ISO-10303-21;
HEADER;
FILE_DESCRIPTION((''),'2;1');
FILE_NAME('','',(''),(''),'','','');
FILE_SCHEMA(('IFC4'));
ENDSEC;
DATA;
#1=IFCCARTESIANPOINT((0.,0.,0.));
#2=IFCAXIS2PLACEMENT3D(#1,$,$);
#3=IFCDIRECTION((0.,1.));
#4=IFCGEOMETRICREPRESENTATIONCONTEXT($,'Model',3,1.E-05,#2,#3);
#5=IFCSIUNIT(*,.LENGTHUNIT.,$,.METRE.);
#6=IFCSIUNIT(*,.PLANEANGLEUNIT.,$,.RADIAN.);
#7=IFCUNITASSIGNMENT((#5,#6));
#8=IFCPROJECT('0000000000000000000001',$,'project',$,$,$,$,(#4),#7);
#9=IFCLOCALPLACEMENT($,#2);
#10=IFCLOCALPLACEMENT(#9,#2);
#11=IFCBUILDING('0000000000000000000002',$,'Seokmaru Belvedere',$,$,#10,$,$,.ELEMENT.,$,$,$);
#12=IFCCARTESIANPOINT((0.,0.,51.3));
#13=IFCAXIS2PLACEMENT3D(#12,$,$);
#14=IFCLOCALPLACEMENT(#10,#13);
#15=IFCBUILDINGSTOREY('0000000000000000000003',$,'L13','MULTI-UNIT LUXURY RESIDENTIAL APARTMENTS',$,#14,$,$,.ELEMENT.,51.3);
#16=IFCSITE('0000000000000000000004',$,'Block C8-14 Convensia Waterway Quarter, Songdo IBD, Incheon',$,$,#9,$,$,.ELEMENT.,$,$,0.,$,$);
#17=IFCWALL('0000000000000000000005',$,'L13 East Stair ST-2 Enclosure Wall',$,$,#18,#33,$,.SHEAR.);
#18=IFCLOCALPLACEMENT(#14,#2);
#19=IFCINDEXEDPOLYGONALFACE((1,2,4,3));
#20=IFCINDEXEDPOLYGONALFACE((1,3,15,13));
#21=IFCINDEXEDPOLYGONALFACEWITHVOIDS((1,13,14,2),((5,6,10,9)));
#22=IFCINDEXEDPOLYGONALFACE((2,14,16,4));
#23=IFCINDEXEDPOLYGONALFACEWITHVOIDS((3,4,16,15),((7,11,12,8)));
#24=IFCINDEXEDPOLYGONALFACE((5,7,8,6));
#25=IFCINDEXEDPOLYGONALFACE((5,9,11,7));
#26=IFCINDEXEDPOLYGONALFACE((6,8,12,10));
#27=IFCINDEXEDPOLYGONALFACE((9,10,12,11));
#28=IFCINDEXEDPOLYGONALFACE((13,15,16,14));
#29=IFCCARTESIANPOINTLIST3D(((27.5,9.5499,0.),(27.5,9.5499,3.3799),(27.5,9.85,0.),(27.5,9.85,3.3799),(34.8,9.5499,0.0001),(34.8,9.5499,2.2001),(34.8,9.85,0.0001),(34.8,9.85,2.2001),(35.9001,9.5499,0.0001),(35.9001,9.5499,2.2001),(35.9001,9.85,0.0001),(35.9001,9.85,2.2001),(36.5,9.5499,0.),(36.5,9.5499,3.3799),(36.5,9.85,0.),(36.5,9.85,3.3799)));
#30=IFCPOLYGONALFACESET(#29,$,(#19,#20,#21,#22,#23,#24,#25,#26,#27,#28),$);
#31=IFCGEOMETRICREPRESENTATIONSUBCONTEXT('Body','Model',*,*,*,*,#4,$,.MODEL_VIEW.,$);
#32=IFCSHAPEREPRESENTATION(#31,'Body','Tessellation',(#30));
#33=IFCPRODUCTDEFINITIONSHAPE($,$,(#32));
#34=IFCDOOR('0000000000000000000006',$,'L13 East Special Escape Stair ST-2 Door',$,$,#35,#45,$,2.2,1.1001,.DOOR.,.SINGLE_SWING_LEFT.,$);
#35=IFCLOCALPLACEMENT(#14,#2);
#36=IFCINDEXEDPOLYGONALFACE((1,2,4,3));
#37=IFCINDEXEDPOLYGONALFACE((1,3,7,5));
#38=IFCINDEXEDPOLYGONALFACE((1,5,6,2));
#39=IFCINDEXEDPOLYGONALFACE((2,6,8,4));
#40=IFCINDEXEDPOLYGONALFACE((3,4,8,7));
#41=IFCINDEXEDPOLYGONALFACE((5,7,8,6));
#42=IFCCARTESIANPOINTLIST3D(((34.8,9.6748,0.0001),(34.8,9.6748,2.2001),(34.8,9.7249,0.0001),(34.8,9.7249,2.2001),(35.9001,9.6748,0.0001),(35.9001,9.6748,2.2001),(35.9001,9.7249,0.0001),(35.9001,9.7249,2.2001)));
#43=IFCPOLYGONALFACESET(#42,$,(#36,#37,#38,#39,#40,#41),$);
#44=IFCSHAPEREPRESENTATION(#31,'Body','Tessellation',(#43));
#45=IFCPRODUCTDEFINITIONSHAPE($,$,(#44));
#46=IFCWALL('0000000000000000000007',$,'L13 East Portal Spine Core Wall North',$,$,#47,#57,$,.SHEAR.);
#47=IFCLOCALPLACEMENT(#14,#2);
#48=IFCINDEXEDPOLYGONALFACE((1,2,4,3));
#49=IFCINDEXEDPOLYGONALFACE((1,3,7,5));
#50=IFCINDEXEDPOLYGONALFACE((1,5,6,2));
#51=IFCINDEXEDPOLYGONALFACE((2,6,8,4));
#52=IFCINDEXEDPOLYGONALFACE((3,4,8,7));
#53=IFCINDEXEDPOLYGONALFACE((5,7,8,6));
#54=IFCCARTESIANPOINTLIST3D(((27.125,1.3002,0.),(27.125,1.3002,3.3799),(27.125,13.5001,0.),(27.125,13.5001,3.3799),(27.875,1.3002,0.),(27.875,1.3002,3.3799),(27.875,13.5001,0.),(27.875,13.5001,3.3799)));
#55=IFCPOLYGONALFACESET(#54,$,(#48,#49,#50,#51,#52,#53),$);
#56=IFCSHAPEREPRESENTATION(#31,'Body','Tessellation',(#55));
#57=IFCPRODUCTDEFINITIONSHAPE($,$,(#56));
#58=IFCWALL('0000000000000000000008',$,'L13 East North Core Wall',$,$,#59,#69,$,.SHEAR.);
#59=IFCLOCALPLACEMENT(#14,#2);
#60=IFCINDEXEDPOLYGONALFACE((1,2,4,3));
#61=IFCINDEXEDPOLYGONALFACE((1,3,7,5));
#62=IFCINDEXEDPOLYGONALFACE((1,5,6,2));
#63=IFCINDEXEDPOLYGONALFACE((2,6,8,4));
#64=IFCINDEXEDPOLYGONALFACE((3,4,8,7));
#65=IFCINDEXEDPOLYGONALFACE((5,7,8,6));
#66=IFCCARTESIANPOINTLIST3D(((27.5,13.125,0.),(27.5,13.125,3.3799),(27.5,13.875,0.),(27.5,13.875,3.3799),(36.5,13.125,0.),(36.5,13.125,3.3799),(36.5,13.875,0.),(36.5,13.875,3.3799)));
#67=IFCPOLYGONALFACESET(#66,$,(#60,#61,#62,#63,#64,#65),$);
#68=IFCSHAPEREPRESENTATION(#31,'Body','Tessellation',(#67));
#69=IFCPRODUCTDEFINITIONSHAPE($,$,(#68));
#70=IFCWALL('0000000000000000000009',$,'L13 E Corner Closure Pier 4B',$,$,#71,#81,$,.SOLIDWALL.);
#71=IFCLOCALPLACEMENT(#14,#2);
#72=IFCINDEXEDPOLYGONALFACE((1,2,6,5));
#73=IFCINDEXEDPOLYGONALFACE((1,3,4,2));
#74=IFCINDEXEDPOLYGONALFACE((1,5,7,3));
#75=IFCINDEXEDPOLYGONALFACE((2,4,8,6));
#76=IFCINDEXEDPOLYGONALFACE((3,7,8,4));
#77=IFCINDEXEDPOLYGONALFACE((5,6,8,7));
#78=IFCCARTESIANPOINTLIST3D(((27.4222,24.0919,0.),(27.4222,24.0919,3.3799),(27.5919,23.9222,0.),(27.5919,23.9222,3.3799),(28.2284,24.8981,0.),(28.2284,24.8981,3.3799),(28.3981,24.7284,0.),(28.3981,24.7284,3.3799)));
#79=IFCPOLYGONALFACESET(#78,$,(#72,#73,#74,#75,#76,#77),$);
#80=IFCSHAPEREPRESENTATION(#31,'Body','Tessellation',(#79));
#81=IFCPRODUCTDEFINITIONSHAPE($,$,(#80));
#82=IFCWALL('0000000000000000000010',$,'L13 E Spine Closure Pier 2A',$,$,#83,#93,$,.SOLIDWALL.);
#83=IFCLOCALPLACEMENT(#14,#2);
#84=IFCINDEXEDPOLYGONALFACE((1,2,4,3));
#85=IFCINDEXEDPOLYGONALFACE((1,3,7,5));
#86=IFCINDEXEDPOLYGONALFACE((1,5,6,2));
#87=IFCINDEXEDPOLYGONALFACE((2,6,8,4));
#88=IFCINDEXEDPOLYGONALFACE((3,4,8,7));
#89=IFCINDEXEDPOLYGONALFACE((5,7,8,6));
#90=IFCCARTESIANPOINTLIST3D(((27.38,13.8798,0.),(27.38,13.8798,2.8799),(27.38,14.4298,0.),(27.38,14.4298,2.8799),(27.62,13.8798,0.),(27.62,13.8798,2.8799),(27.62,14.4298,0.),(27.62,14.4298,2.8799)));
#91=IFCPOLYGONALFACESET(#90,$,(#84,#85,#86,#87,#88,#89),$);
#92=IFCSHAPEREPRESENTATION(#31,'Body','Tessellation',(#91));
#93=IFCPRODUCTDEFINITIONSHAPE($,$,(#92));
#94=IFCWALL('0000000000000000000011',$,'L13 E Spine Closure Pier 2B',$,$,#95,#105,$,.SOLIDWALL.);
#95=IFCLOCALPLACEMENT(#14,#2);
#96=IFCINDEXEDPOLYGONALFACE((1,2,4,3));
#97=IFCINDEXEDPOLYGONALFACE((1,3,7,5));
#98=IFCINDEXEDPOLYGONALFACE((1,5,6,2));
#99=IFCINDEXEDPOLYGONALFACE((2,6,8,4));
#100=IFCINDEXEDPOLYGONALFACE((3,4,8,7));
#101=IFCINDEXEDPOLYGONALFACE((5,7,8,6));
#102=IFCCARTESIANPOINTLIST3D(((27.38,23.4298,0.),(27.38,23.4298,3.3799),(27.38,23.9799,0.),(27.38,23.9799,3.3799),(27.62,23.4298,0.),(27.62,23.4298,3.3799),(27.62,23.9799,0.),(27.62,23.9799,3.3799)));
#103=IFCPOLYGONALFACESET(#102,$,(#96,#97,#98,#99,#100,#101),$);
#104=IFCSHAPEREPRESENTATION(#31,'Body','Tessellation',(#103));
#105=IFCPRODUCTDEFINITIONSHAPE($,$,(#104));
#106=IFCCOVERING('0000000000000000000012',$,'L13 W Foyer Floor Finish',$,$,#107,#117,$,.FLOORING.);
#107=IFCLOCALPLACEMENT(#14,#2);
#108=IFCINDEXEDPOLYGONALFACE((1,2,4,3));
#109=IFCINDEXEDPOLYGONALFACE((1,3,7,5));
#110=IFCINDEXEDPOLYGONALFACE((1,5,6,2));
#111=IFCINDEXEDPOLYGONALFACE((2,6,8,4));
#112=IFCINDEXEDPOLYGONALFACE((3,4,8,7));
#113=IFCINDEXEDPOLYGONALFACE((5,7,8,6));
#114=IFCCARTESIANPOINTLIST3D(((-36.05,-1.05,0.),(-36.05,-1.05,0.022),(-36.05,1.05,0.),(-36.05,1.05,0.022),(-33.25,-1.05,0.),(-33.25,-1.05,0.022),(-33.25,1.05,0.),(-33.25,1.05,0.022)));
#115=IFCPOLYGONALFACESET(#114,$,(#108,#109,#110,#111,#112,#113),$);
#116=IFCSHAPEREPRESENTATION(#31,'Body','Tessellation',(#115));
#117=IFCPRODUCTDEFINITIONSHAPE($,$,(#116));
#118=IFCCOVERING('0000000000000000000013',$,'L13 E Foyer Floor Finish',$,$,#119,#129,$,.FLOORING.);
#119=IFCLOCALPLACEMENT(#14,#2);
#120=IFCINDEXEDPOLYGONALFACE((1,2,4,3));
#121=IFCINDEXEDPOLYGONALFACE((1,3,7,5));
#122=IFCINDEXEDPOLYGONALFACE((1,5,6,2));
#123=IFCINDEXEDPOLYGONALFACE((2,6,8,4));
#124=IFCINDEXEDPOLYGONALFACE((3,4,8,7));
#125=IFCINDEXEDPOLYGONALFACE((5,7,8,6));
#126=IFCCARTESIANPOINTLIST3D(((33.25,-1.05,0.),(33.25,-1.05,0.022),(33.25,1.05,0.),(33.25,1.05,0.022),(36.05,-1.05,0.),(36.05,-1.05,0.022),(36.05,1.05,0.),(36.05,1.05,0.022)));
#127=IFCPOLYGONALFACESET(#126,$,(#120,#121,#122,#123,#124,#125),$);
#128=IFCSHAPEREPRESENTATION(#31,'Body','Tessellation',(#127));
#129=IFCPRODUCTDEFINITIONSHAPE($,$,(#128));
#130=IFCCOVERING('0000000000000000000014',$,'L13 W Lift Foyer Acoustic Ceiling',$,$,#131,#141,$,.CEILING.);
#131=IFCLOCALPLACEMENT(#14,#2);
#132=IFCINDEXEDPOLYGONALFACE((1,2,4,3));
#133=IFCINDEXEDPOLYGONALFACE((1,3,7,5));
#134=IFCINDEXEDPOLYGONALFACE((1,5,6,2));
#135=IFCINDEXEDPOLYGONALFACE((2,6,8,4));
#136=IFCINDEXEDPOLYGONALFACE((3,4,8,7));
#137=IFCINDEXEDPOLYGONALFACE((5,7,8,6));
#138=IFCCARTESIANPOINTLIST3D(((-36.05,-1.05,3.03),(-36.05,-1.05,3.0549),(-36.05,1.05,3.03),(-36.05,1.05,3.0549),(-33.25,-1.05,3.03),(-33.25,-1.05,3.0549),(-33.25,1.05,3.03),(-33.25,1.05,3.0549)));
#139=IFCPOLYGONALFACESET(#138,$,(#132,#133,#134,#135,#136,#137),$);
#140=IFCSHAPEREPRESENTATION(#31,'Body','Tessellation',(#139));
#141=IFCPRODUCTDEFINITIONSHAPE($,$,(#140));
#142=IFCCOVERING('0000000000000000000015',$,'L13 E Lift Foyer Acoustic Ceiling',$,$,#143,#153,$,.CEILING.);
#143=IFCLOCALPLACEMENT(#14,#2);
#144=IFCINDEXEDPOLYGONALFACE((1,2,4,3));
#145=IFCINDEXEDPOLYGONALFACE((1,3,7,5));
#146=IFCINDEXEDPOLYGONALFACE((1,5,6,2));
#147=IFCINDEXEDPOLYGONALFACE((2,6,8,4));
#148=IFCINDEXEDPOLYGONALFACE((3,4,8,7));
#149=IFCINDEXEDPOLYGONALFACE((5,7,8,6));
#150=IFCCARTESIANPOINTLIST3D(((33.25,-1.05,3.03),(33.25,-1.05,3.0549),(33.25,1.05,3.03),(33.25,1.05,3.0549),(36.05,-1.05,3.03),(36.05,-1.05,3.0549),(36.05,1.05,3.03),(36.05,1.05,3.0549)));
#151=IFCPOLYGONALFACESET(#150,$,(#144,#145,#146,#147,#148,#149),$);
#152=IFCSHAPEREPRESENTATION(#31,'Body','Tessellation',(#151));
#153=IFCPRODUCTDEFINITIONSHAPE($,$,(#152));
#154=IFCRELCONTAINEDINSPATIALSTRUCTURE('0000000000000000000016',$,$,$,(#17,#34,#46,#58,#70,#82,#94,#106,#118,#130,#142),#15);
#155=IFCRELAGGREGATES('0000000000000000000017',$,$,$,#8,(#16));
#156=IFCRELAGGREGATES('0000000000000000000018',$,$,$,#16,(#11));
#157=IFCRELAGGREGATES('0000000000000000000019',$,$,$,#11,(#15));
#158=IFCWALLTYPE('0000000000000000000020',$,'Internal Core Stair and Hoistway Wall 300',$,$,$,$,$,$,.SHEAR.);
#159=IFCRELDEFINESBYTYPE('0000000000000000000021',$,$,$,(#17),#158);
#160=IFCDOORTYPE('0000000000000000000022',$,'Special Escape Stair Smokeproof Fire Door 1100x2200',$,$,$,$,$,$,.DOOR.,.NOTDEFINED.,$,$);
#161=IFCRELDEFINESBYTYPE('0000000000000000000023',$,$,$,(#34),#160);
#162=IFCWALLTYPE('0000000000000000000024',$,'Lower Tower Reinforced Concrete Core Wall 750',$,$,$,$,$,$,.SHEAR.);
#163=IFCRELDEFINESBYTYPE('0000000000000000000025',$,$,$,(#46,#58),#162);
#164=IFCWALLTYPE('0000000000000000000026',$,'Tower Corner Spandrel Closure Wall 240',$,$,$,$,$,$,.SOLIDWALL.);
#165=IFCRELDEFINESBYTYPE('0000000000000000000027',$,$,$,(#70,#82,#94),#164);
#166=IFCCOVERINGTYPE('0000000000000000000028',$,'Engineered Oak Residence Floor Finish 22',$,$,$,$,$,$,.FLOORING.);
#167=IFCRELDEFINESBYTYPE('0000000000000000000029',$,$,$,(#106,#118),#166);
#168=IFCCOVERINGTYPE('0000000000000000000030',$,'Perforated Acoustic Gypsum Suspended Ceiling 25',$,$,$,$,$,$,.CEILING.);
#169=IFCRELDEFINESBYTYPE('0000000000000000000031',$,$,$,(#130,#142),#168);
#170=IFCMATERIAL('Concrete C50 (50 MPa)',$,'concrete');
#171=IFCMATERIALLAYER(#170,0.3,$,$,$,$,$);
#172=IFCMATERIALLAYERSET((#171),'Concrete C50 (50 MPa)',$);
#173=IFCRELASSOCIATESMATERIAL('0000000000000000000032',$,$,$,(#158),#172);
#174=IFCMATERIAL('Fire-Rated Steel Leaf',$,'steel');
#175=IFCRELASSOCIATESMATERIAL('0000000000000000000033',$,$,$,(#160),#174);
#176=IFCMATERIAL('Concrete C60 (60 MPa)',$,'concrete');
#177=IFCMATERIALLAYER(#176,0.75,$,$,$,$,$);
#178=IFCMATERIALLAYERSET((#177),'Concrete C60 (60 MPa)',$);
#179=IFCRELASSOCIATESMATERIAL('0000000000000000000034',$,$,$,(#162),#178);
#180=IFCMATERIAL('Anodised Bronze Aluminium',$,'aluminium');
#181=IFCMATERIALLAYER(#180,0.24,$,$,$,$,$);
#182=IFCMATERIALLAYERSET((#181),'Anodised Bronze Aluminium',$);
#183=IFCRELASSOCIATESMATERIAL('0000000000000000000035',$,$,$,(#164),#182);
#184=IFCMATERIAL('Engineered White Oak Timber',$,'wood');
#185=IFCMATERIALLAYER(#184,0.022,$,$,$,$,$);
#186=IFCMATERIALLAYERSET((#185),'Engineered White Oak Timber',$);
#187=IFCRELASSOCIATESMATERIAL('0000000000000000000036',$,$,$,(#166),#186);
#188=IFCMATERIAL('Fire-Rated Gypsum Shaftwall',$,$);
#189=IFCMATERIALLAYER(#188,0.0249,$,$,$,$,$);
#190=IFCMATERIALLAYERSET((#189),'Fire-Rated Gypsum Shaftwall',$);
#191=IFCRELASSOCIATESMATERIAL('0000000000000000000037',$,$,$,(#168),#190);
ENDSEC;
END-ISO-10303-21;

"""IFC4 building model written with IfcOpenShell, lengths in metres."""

from ifc_helpers import new_model, si_unit, direction, frame, frame_2d, origin, place, context, subcontext, project, spatial, polyline, rectangle, outline, extrude, source, transform, mapped, material, layer, layer_set, type_object, type_shapes, element, fill, save


model = new_model("IFC4")

# Units and contexts
model_context = context("Model", 3, precision=1e-05, world=origin(), true_north=direction((0.0, 1.0)))
body_context = subcontext(model_context, "Body", "Model", "MODEL_VIEW")
ifc_project = project(units=[si_unit("LENGTHUNIT", "METRE"), si_unit("PLANEANGLEUNIT", "RADIAN")], contexts=[model_context])

# Site, building, storey
site_placement = place(None, origin())
site = spatial("IfcSite", under=ifc_project, at=site_placement, Name="Block C8-14 Convensia Waterway Quarter, Songdo IBD, Incheon", CompositionType="ELEMENT", RefElevation=0.0)
building_placement = place(site_placement, origin())
building = spatial("IfcBuilding", under=site, at=building_placement, Name="Seokmaru Belvedere", CompositionType="ELEMENT")
storey_placement = place(building_placement, frame((0.0, 0.0, 51.3)))
storey = spatial("IfcBuildingStorey", under=building, at=storey_placement, Name="L13", Description="MULTI-UNIT LUXURY RESIDENTIAL APARTMENTS", CompositionType="ELEMENT", Elevation=51.3)

# Shared definitions
ifc_material_1 = material(Name="Anodised Bronze Aluminium", Category="aluminium")

# Shared definitions
ifc_material_2 = material(Name="Concrete C50 (50 MPa)", Category="concrete")

# Wall, opening, door
ifc_layer_1 = layer(ifc_material_2, 0.3)
ifc_layer_set_1 = layer_set([ifc_layer_1], Name="Concrete C50 (50 MPa)")
wall_type_1 = type_object("IfcWallType", Name="Internal Core Stair and Hoistway Wall 300", PredefinedType="SHEAR", material=ifc_layer_set_1)
wall_1_placement = place(storey_placement, frame((27.5, 9.7, 0.0), z_axis=(0.0, 0.0, 1.0), x_axis=(1.0, 0.0, 0.0)))
wall_1 = element("IfcWall", 1, at=wall_1_placement, inside=storey, type_object=wall_type_1, Name="L13 East Stair ST-2 Enclosure Wall", PredefinedType="SHEAR", context=body_context, shape_type="SweptSolid", body=[
    extrude(rectangle(XDim=9.0, YDim=0.3, at=frame_2d((4.5, 0.0))), origin(), (0.0, 0.0, 1.0), 3.3799),
])
opening_placement = place(wall_1_placement, frame((7.3, 0.0, 0.0)))
opening = element("IfcOpeningElement", 2, at=opening_placement, cuts=wall_1, PredefinedType="OPENING", context=body_context, shape_type="SweptSolid", body=[
    extrude(rectangle(XDim=1.1001, YDim=2.2, at=frame_2d((0.55, 1.1001))), frame((0.0, 0.1602, 0.0), z_axis=(0.0, -1.0, 0.0), x_axis=(1.0, 0.0, 0.0)), (0.0, 0.0, 1.0), 0.3201),
])
ifc_material_3 = material(Name="Fire-Rated Steel Leaf", Category="steel")
door_type = type_object("IfcDoorType", Name="Special Escape Stair Smokeproof Fire Door 1100x2200", OperationType="NOTDEFINED", PredefinedType="DOOR", material=ifc_material_3)
shared_shape_1 = source(origin(), body_context, "Body", "SweptSolid", [
    extrude(rectangle(XDim=1.1001, YDim=2.2, at=frame_2d((0.55, 1.1001))), frame((0.0, 0.0249, 0.0), z_axis=(0.0, -1.0, 0.0), x_axis=(1.0, 0.0, 0.0)), (0.0, 0.0, 1.0), 0.05),
])
type_shapes(door_type, [shared_shape_1])
door_placement = place(opening_placement, origin())
door = element("IfcDoor", 3, at=door_placement, inside=storey, type_object=door_type, Name="L13 East Special Escape Stair ST-2 Door", OperationType="SINGLE_SWING_LEFT", OverallHeight=2.2, OverallWidth=1.1001, PredefinedType="DOOR", context=body_context, shape_type="MappedRepresentation", body=[
    mapped(shared_shape_1, transform((0.0, 0.0, 0.0), scale=1.0)),
])
fill(opening, door)

# Walls
ifc_material_4 = material(Name="Concrete C60 (60 MPa)", Category="concrete")
ifc_layer_2 = layer(ifc_material_4, 0.75)
ifc_layer_set_2 = layer_set([ifc_layer_2], Name="Concrete C60 (60 MPa)")
wall_type_2 = type_object("IfcWallType", Name="Lower Tower Reinforced Concrete Core Wall 750", PredefinedType="SHEAR", material=ifc_layer_set_2)
wall_2_placement = place(storey_placement, frame((27.5, 1.3, 0.0), z_axis=(0.0, 0.0, 1.0), x_axis=(0.0, 1.0, 0.0)))
element("IfcWall", 4, at=wall_2_placement, inside=storey, type_object=wall_type_2, Name="L13 East Portal Spine Core Wall North", PredefinedType="SHEAR", context=body_context, shape_type="SweptSolid", body=[
    extrude(rectangle(XDim=12.2, YDim=0.75, at=frame_2d((6.1001, 0.0))), origin(), (0.0, 0.0, 1.0), 3.3799),
])
wall_3_placement = place(storey_placement, frame((27.5, 13.5, 0.0), z_axis=(0.0, 0.0, 1.0), x_axis=(1.0, 0.0, 0.0)))
element("IfcWall", 5, at=wall_3_placement, inside=storey, type_object=wall_type_2, Name="L13 East North Core Wall", PredefinedType="SHEAR", context=body_context, shape_type="SweptSolid", body=[
    extrude(rectangle(XDim=9.0, YDim=0.75, at=frame_2d((4.5, 0.0))), origin(), (0.0, 0.0, 1.0), 3.3799),
])
ifc_layer_3 = layer(ifc_material_1, 0.24)
ifc_layer_set_3 = layer_set([ifc_layer_3], Name="Anodised Bronze Aluminium")
wall_type_3 = type_object("IfcWallType", Name="Tower Corner Spandrel Closure Wall 240", PredefinedType="SOLIDWALL", material=ifc_layer_set_3)
wall_4_placement = place(storey_placement, frame((28.3132, 24.8132, 0.0), z_axis=(0.0, 0.0, 1.0), x_axis=(-0.707107, -0.707107, 0.0)))
element("IfcWall", 6, at=wall_4_placement, inside=storey, type_object=wall_type_3, Name="L13 E Corner Closure Pier 4B", PredefinedType="SOLIDWALL", context=body_context, shape_type="SweptSolid", body=[
    extrude(rectangle(XDim=1.1401, YDim=0.24, at=frame_2d((0.5701, 0.0))), origin(), (0.0, 0.0, 1.0), 3.3799),
])
wall_5_placement = place(storey_placement, frame((27.5, 13.8799, 0.0), z_axis=(0.0, 0.0, 1.0), x_axis=(0.0, 1.0, 0.0)))
element("IfcWall", 7, at=wall_5_placement, inside=storey, type_object=wall_type_3, Name="L13 E Spine Closure Pier 2A", PredefinedType="SOLIDWALL", context=body_context, shape_type="SweptSolid", body=[
    extrude(rectangle(XDim=0.55, YDim=0.24, at=frame_2d((0.2749, 0.0))), origin(), (0.0, 0.0, 1.0), 2.8799),
])
wall_6_placement = place(storey_placement, frame((27.5, 23.4299, 0.0), z_axis=(0.0, 0.0, 1.0), x_axis=(0.0, 1.0, 0.0)))
element("IfcWall", 8, at=wall_6_placement, inside=storey, type_object=wall_type_3, Name="L13 E Spine Closure Pier 2B", PredefinedType="SOLIDWALL", context=body_context, shape_type="SweptSolid", body=[
    extrude(rectangle(XDim=0.55, YDim=0.24, at=frame_2d((0.2749, 0.0))), origin(), (0.0, 0.0, 1.0), 3.3799),
])

# Coverings
ifc_material_5 = material(Name="Engineered White Oak Timber", Category="wood")
ifc_layer_4 = layer(ifc_material_5, 0.022)
ifc_layer_set_4 = layer_set([ifc_layer_4], Name="Engineered White Oak Timber")
covering_type_1 = type_object("IfcCoveringType", Name="Engineered Oak Residence Floor Finish 22", PredefinedType="FLOORING", material=ifc_layer_set_4)
covering_1_placement = place(storey_placement, origin())
element("IfcCovering", 9, at=covering_1_placement, inside=storey, type_object=covering_type_1, Name="L13 W Foyer Floor Finish", PredefinedType="FLOORING", context=body_context, shape_type="SweptSolid", body=[
    extrude(outline(polyline([(-36.05, -1.05), (-33.25, -1.05), (-33.25, 1.05), (-36.05, 1.05), (-36.05, -1.05)])), origin(), (0.0, 0.0, 1.0), 0.022),
])
covering_2_placement = place(storey_placement, origin())
element("IfcCovering", 10, at=covering_2_placement, inside=storey, type_object=covering_type_1, Name="L13 E Foyer Floor Finish", PredefinedType="FLOORING", context=body_context, shape_type="SweptSolid", body=[
    extrude(outline(polyline([(33.25, -1.05), (36.05, -1.05), (36.05, 1.05), (33.25, 1.05), (33.25, -1.05)])), origin(), (0.0, 0.0, 1.0), 0.022),
])
ifc_material_6 = material(Name="Fire-Rated Gypsum Shaftwall")
ifc_layer_5 = layer(ifc_material_6, 0.0249)
ifc_layer_set_5 = layer_set([ifc_layer_5], Name="Fire-Rated Gypsum Shaftwall")
covering_type_2 = type_object("IfcCoveringType", Name="Perforated Acoustic Gypsum Suspended Ceiling 25", PredefinedType="CEILING", material=ifc_layer_set_5)
covering_3_placement = place(storey_placement, frame((0.0, 0.0, 3.03)))
element("IfcCovering", 11, at=covering_3_placement, inside=storey, type_object=covering_type_2, Name="L13 W Lift Foyer Acoustic Ceiling", PredefinedType="CEILING", context=body_context, shape_type="SweptSolid", body=[
    extrude(outline(polyline([(-36.05, -1.05), (-33.25, -1.05), (-33.25, 1.05), (-36.05, 1.05), (-36.05, -1.05)])), origin(), (0.0, 0.0, 1.0), 0.0249),
])
covering_4_placement = place(storey_placement, frame((0.0, 0.0, 3.03)))
element("IfcCovering", 12, at=covering_4_placement, inside=storey, type_object=covering_type_2, Name="L13 E Lift Foyer Acoustic Ceiling", PredefinedType="CEILING", context=body_context, shape_type="SweptSolid", body=[
    extrude(outline(polyline([(33.25, -1.05), (36.05, -1.05), (36.05, 1.05), (33.25, 1.05), (33.25, -1.05)])), origin(), (0.0, 0.0, 1.0), 0.0249),
])

save(model, "model.ifc")
